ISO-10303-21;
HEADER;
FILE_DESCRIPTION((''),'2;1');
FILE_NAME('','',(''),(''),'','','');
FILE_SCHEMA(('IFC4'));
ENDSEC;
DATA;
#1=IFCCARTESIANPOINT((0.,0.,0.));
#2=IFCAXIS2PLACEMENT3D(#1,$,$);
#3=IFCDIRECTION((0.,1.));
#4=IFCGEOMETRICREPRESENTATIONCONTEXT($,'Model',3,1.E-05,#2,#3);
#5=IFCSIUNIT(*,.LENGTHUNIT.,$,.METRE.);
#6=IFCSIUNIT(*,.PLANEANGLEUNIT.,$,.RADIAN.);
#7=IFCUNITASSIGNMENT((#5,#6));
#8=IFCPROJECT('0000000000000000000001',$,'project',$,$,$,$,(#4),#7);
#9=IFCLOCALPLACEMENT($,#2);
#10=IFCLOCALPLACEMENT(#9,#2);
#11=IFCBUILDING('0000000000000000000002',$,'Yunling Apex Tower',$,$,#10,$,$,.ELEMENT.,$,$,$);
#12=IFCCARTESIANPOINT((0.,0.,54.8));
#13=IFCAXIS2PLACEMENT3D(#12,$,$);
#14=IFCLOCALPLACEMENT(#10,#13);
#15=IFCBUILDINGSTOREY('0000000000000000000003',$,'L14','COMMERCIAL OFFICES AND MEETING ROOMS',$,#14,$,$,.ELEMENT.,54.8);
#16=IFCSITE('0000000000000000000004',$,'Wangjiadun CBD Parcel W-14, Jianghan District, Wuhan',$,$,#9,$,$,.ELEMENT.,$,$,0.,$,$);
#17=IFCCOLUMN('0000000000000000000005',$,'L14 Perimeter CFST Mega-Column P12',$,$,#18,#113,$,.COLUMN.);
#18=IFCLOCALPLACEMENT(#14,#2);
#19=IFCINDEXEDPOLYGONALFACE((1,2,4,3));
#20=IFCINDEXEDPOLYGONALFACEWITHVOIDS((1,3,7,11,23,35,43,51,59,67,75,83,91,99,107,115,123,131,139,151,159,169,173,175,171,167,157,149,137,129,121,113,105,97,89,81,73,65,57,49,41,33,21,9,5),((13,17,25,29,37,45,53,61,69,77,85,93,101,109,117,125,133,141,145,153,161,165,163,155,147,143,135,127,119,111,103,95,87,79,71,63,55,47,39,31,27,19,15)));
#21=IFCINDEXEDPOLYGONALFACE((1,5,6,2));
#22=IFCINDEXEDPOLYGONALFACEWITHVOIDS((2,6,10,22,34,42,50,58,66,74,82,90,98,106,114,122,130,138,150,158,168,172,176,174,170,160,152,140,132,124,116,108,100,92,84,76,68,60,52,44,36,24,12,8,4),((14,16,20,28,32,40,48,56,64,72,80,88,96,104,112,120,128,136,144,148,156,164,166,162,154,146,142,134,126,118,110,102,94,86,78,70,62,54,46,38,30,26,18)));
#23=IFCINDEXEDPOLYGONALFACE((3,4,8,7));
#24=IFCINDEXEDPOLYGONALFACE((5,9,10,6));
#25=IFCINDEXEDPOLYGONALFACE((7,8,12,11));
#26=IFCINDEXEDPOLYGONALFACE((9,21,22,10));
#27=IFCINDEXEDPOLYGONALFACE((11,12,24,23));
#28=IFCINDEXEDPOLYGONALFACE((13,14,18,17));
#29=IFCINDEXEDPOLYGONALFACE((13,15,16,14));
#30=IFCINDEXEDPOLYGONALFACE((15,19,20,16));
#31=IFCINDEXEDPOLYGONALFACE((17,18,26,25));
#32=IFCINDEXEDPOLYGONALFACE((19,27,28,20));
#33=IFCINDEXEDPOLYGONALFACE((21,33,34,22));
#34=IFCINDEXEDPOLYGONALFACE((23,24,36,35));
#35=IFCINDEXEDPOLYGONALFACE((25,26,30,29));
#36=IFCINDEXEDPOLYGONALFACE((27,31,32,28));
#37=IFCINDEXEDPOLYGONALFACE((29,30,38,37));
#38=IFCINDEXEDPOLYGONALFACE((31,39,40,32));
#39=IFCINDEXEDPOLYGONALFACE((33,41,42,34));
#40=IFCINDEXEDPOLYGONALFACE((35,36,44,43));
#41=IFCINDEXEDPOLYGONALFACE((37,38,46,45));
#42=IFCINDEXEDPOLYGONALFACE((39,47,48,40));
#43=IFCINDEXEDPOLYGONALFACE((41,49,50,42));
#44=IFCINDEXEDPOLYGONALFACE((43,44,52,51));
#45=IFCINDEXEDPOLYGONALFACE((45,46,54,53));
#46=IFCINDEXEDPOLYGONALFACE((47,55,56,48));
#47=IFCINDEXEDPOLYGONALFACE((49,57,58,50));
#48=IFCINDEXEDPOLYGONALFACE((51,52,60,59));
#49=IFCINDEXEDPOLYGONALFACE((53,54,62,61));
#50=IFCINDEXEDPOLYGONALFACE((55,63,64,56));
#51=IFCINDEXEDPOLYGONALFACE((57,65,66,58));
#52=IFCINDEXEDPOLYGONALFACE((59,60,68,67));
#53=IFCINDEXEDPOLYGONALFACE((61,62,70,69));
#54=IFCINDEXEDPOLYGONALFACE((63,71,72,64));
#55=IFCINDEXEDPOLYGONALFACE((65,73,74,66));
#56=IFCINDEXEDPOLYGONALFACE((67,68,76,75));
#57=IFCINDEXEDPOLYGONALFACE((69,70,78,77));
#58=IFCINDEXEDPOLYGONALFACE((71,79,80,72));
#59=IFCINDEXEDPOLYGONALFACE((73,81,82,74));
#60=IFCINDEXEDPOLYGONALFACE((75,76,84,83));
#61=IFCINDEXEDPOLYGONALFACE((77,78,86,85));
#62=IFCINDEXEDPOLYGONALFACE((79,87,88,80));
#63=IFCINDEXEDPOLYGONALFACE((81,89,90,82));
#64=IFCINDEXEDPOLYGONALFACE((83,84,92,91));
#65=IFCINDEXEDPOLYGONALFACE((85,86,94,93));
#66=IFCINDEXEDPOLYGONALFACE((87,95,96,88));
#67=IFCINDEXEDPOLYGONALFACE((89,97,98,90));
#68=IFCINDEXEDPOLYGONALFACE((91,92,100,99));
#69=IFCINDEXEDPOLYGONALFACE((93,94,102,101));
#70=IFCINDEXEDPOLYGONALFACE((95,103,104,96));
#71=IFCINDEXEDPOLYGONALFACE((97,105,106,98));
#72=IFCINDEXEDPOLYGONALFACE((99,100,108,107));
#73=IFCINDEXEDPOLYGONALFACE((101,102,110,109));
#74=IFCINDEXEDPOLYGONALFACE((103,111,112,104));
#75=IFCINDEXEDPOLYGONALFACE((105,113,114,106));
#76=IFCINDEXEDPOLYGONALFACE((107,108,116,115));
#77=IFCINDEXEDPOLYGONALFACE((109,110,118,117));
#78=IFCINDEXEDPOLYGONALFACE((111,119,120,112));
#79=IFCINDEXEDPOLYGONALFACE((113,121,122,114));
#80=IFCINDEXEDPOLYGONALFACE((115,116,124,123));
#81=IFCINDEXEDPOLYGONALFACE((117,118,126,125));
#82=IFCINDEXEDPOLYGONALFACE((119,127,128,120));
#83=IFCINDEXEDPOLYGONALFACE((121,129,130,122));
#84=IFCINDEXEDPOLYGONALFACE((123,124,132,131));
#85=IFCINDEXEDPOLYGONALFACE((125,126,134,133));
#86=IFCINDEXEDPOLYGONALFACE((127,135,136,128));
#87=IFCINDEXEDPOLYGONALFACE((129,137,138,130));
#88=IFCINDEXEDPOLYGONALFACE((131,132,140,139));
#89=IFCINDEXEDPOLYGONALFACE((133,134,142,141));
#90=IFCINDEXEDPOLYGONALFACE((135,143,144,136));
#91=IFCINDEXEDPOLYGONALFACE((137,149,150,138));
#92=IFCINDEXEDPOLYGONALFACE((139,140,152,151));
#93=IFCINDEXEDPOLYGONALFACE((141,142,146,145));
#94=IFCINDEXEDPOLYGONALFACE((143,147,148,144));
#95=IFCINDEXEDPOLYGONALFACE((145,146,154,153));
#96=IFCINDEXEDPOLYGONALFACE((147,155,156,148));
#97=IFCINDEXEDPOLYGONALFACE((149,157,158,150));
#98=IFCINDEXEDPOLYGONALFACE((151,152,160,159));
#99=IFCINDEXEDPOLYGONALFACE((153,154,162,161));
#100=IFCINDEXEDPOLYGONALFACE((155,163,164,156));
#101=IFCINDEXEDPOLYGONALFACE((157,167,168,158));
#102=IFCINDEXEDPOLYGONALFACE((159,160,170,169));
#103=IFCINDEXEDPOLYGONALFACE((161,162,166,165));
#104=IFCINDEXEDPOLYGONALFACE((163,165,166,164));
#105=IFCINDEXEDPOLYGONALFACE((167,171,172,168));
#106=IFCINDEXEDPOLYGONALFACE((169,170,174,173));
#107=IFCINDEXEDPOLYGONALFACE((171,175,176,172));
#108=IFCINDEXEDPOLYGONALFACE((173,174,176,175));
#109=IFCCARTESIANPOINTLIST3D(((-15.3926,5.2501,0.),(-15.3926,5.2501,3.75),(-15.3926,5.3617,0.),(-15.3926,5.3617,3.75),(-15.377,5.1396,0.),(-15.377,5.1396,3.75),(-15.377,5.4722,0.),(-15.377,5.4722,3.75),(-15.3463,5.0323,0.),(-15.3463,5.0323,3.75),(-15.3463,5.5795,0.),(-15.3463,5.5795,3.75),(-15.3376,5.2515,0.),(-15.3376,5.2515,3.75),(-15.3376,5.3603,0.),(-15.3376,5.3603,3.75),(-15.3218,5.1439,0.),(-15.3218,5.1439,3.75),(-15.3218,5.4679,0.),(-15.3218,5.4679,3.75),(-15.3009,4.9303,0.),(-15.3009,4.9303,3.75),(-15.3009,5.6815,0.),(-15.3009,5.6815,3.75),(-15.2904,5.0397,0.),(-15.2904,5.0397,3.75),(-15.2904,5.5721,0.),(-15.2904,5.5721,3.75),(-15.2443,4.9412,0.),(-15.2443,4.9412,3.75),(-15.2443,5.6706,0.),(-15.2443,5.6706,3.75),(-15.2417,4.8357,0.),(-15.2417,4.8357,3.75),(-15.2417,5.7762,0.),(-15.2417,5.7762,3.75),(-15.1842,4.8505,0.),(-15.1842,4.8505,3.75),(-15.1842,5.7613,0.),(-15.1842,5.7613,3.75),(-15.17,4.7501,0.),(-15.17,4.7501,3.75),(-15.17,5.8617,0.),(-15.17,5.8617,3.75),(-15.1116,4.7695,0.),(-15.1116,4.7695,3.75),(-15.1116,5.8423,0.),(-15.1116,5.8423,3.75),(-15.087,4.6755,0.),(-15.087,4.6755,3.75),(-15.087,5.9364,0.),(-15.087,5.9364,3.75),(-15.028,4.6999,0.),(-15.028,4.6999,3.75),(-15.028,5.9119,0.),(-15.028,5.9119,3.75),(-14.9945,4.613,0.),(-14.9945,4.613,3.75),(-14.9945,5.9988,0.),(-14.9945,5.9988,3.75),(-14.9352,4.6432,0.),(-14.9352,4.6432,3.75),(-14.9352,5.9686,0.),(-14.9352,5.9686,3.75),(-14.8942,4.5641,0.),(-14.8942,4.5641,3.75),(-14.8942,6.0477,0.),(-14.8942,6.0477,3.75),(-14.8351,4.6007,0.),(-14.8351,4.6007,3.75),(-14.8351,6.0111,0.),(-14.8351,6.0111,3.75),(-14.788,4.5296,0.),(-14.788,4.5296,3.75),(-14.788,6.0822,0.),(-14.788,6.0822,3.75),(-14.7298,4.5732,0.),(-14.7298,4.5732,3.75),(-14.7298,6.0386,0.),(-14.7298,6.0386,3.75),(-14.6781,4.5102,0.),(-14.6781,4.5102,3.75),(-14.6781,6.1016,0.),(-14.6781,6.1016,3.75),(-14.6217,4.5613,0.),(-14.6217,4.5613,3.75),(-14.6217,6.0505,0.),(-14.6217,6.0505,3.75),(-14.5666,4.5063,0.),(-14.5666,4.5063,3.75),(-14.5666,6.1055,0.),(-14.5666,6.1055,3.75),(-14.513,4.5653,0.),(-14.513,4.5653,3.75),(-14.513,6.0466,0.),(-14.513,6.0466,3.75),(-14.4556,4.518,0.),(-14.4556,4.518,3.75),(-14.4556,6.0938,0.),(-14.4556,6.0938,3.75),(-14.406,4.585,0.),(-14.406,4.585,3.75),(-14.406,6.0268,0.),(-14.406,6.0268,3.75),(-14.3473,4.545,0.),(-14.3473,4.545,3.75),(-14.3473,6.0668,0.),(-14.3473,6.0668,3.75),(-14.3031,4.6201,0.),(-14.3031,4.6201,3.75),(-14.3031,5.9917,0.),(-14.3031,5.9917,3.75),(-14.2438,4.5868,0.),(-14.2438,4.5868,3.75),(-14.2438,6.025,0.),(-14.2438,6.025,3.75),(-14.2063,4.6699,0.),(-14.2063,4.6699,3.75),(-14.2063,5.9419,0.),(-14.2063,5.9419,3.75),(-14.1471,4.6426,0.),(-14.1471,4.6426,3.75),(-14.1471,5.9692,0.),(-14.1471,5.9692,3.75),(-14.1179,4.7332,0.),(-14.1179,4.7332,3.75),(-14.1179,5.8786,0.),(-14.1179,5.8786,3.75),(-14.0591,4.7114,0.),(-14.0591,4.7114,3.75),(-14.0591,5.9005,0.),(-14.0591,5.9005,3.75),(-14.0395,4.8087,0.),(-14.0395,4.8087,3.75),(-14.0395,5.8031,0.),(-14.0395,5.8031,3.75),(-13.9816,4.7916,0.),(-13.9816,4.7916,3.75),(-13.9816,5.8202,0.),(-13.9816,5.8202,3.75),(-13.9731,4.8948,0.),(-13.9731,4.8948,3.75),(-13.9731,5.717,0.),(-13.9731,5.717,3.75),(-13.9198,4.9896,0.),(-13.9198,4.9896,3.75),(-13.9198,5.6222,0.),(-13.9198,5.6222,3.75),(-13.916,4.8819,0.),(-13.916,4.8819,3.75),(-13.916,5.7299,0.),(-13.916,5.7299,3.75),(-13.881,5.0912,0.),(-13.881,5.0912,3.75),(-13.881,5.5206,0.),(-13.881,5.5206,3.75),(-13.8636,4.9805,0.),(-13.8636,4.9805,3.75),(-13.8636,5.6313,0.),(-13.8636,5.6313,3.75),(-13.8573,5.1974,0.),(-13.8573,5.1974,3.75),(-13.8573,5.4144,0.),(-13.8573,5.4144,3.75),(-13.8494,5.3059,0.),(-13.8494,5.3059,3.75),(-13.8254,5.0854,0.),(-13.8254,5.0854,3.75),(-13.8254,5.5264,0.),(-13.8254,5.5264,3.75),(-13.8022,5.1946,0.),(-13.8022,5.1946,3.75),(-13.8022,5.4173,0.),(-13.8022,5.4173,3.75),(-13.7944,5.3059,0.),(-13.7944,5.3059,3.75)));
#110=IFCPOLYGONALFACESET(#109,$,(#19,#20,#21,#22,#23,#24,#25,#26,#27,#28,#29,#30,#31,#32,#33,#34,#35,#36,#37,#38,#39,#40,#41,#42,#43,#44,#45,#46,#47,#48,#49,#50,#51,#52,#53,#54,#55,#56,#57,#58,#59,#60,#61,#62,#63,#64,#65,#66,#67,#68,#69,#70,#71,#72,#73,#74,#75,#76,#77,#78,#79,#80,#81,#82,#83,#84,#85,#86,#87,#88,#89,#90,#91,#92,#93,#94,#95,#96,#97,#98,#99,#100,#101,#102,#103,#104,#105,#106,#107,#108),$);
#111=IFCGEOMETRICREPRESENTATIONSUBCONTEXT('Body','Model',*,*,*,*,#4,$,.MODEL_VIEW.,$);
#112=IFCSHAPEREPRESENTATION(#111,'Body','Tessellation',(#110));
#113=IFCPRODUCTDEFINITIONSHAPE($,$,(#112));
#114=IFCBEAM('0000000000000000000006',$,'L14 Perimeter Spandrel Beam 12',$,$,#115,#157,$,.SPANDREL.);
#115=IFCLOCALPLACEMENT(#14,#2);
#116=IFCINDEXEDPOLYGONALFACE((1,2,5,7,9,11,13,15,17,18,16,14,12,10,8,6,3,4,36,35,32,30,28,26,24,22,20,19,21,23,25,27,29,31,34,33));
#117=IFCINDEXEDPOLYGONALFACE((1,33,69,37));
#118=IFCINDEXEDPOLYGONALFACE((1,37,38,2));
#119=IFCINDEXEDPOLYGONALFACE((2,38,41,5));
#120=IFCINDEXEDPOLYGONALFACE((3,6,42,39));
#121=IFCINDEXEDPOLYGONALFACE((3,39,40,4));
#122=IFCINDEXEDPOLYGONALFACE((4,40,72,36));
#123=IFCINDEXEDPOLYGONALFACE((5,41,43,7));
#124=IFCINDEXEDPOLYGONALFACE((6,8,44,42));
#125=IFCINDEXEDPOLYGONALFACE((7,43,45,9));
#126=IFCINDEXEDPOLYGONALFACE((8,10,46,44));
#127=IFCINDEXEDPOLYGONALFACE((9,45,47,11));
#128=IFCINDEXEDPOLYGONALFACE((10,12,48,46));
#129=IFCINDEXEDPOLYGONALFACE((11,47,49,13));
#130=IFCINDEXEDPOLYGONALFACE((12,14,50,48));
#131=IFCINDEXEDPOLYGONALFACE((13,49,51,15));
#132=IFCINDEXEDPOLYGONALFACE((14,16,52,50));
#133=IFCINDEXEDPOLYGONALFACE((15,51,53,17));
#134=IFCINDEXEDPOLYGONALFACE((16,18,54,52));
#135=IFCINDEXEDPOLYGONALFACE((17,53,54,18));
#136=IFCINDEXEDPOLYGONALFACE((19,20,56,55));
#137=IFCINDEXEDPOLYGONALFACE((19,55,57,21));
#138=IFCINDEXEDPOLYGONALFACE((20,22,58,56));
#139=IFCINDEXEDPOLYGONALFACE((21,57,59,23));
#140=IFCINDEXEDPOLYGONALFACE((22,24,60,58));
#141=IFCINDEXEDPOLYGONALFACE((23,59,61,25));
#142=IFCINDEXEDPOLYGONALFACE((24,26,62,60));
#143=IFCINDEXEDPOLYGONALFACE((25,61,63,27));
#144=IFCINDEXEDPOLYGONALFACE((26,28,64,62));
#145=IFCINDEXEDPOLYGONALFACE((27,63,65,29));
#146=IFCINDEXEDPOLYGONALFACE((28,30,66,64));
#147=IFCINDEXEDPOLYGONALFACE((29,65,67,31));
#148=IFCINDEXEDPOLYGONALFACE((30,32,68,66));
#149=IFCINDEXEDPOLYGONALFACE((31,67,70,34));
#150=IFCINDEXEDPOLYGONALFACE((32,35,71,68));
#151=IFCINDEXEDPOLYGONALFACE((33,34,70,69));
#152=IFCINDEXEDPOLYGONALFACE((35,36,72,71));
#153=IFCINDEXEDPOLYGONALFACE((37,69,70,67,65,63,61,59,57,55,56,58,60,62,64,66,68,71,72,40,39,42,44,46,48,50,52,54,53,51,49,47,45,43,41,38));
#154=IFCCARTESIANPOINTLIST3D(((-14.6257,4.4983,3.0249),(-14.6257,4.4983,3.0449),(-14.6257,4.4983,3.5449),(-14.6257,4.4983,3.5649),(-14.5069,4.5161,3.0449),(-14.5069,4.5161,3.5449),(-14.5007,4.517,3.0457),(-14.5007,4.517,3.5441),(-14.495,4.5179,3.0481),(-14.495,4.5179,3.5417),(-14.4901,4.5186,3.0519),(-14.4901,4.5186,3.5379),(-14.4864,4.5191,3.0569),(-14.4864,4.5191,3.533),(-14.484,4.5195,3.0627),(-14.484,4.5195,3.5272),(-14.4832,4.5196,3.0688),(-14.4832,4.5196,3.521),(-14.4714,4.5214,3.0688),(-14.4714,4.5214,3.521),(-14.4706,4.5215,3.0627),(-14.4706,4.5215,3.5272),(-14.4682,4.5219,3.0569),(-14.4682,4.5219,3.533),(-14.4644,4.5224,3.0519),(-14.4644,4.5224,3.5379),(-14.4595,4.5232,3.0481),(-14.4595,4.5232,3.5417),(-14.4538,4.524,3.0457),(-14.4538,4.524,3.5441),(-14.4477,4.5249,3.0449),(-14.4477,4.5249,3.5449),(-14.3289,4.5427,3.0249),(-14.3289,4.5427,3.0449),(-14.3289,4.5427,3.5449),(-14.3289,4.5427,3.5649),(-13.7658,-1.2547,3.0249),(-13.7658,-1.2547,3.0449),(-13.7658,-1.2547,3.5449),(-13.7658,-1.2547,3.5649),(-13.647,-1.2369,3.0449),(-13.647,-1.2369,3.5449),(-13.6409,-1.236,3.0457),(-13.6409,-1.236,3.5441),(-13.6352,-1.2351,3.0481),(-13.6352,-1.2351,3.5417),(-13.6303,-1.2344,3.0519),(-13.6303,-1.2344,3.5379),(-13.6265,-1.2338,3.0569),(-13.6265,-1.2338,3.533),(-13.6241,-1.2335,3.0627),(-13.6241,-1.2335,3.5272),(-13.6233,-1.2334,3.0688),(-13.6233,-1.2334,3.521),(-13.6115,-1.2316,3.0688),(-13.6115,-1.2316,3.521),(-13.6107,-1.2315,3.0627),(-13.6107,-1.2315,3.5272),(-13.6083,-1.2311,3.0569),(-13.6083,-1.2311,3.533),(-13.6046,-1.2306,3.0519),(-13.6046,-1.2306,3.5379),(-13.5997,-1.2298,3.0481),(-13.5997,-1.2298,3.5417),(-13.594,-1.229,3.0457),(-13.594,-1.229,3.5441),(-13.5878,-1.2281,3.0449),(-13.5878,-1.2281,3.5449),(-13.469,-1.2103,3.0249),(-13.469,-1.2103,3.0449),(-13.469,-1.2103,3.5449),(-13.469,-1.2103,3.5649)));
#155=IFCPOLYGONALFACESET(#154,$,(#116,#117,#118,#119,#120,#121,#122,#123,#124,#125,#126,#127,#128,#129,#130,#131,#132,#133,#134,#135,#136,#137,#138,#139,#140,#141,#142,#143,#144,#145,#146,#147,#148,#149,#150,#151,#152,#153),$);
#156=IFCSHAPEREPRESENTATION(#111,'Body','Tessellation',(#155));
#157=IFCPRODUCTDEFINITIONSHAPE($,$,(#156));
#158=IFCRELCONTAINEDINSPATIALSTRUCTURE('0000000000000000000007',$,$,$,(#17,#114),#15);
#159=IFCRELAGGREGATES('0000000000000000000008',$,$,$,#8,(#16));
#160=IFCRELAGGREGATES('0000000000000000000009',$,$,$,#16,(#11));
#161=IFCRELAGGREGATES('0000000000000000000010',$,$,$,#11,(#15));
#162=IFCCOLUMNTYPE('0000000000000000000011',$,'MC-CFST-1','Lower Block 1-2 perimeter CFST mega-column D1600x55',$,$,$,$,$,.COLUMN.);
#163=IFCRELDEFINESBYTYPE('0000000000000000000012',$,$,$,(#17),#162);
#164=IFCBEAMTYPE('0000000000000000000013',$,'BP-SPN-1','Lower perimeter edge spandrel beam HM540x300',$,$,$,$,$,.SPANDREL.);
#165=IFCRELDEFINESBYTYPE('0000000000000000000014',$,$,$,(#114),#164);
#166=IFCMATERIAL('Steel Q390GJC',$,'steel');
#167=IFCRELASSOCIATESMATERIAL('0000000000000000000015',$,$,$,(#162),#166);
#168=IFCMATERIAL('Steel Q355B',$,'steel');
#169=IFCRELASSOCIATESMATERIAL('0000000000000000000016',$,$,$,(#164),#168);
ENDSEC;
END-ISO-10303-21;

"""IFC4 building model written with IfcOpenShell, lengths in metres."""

from ifc_helpers import new_model, si_unit, direction, frame, origin, origin_2d, place, context, subcontext, project, spatial, hollow_circle, i_section, extrude, source, transform, mapped, material, material_profile, profile_set, type_object, element, save


model = new_model("IFC4")

# Units and contexts
model_context = context("Model", 3, precision=1e-05, world=origin(), true_north=direction((0.0, 1.0)))
body_context = subcontext(model_context, "Body", "Model", "MODEL_VIEW")
ifc_project = project(units=[si_unit("LENGTHUNIT", "METRE"), si_unit("PLANEANGLEUNIT", "RADIAN")], contexts=[model_context])

# Site, building, storey
site_placement = place(None, origin())
site = spatial("IfcSite", under=ifc_project, at=site_placement, Name="Wangjiadun CBD Parcel W-14, Jianghan District, Wuhan", CompositionType="ELEMENT", RefElevation=0.0)
building_placement = place(site_placement, origin())
building = spatial("IfcBuilding", under=site, at=building_placement, Name="Yunling Apex Tower", CompositionType="ELEMENT")
storey_placement = place(building_placement, frame((0.0, 0.0, 54.8)))
storey = spatial("IfcBuildingStorey", under=building, at=storey_placement, Name="L14", Description="COMMERCIAL OFFICES AND MEETING ROOMS", CompositionType="ELEMENT", Elevation=54.8)

# Column
ifc_material_1 = material(Name="Steel Q390GJC", Category="steel")
ifc_material_profile_1 = material_profile(ifc_material_1, hollow_circle(Radius=0.8, WallThickness=0.0549, at=origin_2d()))
ifc_profile_set_1 = profile_set([ifc_material_profile_1], Name="Steel Q390GJC")
column_type = type_object("IfcColumnType", Name="MC-CFST-1", Description="Lower Block 1-2 perimeter CFST mega-column D1600x55", PredefinedType="COLUMN", material=ifc_profile_set_1)
shared_shape_1 = source(origin(), body_context, "Body", "SweptSolid", [
    extrude(hollow_circle(Radius=0.8, WallThickness=0.0549, at=origin_2d()), origin(), (0.0, 0.0, 1.0), 3.75),
])
column_placement = place(storey_placement, frame((-14.5945, 5.3059, 0.0), z_axis=(0.0, 0.0, 1.0), x_axis=(1.0, 0.0, 0.0)))
element("IfcColumn", 1, at=column_placement, inside=storey, type_object=column_type, Name="L14 Perimeter CFST Mega-Column P12", PredefinedType="COLUMN", context=body_context, shape_type="MappedRepresentation", body=[
    mapped(shared_shape_1, transform((0.0, 0.0, 0.0), scale=1.0)),
])

# Beam
ifc_material_2 = material(Name="Steel Q355B", Category="steel")
ifc_material_profile_2 = material_profile(ifc_material_2, i_section(OverallWidth=0.3, OverallDepth=0.54, WebThickness=0.012, FlangeThickness=0.02, FilletRadius=0.0239, at=origin_2d()))
ifc_profile_set_2 = profile_set([ifc_material_profile_2], Name="Steel Q355B")
beam_type_1 = type_object("IfcBeamType", Name="BP-SPN-1", Description="Lower perimeter edge spandrel beam HM540x300", PredefinedType="SPANDREL", material=ifc_profile_set_2)
shared_shape_2 = source(origin(), body_context, "Body", "SweptSolid", [
    extrude(i_section(OverallWidth=0.3, OverallDepth=0.54, WebThickness=0.012, FlangeThickness=0.02, FilletRadius=0.0239, at=origin_2d()), origin(), (0.0, 0.0, 1.0), 5.8169),
])
beam_1_placement = place(storey_placement, frame((-14.4773, 4.5205, 3.2949), z_axis=(0.147823, -0.989014, 0.0), x_axis=(0.989014, 0.147823, 0.0)))
element("IfcBeam", 2, at=beam_1_placement, inside=storey, type_object=beam_type_1, Name="L14 Perimeter Spandrel Beam 12", PredefinedType="SPANDREL", context=body_context, shape_type="MappedRepresentation", body=[
    mapped(shared_shape_2, transform((0.0, 0.0, 0.0), scale=1.0)),
])

save(model, "model.ifc")
